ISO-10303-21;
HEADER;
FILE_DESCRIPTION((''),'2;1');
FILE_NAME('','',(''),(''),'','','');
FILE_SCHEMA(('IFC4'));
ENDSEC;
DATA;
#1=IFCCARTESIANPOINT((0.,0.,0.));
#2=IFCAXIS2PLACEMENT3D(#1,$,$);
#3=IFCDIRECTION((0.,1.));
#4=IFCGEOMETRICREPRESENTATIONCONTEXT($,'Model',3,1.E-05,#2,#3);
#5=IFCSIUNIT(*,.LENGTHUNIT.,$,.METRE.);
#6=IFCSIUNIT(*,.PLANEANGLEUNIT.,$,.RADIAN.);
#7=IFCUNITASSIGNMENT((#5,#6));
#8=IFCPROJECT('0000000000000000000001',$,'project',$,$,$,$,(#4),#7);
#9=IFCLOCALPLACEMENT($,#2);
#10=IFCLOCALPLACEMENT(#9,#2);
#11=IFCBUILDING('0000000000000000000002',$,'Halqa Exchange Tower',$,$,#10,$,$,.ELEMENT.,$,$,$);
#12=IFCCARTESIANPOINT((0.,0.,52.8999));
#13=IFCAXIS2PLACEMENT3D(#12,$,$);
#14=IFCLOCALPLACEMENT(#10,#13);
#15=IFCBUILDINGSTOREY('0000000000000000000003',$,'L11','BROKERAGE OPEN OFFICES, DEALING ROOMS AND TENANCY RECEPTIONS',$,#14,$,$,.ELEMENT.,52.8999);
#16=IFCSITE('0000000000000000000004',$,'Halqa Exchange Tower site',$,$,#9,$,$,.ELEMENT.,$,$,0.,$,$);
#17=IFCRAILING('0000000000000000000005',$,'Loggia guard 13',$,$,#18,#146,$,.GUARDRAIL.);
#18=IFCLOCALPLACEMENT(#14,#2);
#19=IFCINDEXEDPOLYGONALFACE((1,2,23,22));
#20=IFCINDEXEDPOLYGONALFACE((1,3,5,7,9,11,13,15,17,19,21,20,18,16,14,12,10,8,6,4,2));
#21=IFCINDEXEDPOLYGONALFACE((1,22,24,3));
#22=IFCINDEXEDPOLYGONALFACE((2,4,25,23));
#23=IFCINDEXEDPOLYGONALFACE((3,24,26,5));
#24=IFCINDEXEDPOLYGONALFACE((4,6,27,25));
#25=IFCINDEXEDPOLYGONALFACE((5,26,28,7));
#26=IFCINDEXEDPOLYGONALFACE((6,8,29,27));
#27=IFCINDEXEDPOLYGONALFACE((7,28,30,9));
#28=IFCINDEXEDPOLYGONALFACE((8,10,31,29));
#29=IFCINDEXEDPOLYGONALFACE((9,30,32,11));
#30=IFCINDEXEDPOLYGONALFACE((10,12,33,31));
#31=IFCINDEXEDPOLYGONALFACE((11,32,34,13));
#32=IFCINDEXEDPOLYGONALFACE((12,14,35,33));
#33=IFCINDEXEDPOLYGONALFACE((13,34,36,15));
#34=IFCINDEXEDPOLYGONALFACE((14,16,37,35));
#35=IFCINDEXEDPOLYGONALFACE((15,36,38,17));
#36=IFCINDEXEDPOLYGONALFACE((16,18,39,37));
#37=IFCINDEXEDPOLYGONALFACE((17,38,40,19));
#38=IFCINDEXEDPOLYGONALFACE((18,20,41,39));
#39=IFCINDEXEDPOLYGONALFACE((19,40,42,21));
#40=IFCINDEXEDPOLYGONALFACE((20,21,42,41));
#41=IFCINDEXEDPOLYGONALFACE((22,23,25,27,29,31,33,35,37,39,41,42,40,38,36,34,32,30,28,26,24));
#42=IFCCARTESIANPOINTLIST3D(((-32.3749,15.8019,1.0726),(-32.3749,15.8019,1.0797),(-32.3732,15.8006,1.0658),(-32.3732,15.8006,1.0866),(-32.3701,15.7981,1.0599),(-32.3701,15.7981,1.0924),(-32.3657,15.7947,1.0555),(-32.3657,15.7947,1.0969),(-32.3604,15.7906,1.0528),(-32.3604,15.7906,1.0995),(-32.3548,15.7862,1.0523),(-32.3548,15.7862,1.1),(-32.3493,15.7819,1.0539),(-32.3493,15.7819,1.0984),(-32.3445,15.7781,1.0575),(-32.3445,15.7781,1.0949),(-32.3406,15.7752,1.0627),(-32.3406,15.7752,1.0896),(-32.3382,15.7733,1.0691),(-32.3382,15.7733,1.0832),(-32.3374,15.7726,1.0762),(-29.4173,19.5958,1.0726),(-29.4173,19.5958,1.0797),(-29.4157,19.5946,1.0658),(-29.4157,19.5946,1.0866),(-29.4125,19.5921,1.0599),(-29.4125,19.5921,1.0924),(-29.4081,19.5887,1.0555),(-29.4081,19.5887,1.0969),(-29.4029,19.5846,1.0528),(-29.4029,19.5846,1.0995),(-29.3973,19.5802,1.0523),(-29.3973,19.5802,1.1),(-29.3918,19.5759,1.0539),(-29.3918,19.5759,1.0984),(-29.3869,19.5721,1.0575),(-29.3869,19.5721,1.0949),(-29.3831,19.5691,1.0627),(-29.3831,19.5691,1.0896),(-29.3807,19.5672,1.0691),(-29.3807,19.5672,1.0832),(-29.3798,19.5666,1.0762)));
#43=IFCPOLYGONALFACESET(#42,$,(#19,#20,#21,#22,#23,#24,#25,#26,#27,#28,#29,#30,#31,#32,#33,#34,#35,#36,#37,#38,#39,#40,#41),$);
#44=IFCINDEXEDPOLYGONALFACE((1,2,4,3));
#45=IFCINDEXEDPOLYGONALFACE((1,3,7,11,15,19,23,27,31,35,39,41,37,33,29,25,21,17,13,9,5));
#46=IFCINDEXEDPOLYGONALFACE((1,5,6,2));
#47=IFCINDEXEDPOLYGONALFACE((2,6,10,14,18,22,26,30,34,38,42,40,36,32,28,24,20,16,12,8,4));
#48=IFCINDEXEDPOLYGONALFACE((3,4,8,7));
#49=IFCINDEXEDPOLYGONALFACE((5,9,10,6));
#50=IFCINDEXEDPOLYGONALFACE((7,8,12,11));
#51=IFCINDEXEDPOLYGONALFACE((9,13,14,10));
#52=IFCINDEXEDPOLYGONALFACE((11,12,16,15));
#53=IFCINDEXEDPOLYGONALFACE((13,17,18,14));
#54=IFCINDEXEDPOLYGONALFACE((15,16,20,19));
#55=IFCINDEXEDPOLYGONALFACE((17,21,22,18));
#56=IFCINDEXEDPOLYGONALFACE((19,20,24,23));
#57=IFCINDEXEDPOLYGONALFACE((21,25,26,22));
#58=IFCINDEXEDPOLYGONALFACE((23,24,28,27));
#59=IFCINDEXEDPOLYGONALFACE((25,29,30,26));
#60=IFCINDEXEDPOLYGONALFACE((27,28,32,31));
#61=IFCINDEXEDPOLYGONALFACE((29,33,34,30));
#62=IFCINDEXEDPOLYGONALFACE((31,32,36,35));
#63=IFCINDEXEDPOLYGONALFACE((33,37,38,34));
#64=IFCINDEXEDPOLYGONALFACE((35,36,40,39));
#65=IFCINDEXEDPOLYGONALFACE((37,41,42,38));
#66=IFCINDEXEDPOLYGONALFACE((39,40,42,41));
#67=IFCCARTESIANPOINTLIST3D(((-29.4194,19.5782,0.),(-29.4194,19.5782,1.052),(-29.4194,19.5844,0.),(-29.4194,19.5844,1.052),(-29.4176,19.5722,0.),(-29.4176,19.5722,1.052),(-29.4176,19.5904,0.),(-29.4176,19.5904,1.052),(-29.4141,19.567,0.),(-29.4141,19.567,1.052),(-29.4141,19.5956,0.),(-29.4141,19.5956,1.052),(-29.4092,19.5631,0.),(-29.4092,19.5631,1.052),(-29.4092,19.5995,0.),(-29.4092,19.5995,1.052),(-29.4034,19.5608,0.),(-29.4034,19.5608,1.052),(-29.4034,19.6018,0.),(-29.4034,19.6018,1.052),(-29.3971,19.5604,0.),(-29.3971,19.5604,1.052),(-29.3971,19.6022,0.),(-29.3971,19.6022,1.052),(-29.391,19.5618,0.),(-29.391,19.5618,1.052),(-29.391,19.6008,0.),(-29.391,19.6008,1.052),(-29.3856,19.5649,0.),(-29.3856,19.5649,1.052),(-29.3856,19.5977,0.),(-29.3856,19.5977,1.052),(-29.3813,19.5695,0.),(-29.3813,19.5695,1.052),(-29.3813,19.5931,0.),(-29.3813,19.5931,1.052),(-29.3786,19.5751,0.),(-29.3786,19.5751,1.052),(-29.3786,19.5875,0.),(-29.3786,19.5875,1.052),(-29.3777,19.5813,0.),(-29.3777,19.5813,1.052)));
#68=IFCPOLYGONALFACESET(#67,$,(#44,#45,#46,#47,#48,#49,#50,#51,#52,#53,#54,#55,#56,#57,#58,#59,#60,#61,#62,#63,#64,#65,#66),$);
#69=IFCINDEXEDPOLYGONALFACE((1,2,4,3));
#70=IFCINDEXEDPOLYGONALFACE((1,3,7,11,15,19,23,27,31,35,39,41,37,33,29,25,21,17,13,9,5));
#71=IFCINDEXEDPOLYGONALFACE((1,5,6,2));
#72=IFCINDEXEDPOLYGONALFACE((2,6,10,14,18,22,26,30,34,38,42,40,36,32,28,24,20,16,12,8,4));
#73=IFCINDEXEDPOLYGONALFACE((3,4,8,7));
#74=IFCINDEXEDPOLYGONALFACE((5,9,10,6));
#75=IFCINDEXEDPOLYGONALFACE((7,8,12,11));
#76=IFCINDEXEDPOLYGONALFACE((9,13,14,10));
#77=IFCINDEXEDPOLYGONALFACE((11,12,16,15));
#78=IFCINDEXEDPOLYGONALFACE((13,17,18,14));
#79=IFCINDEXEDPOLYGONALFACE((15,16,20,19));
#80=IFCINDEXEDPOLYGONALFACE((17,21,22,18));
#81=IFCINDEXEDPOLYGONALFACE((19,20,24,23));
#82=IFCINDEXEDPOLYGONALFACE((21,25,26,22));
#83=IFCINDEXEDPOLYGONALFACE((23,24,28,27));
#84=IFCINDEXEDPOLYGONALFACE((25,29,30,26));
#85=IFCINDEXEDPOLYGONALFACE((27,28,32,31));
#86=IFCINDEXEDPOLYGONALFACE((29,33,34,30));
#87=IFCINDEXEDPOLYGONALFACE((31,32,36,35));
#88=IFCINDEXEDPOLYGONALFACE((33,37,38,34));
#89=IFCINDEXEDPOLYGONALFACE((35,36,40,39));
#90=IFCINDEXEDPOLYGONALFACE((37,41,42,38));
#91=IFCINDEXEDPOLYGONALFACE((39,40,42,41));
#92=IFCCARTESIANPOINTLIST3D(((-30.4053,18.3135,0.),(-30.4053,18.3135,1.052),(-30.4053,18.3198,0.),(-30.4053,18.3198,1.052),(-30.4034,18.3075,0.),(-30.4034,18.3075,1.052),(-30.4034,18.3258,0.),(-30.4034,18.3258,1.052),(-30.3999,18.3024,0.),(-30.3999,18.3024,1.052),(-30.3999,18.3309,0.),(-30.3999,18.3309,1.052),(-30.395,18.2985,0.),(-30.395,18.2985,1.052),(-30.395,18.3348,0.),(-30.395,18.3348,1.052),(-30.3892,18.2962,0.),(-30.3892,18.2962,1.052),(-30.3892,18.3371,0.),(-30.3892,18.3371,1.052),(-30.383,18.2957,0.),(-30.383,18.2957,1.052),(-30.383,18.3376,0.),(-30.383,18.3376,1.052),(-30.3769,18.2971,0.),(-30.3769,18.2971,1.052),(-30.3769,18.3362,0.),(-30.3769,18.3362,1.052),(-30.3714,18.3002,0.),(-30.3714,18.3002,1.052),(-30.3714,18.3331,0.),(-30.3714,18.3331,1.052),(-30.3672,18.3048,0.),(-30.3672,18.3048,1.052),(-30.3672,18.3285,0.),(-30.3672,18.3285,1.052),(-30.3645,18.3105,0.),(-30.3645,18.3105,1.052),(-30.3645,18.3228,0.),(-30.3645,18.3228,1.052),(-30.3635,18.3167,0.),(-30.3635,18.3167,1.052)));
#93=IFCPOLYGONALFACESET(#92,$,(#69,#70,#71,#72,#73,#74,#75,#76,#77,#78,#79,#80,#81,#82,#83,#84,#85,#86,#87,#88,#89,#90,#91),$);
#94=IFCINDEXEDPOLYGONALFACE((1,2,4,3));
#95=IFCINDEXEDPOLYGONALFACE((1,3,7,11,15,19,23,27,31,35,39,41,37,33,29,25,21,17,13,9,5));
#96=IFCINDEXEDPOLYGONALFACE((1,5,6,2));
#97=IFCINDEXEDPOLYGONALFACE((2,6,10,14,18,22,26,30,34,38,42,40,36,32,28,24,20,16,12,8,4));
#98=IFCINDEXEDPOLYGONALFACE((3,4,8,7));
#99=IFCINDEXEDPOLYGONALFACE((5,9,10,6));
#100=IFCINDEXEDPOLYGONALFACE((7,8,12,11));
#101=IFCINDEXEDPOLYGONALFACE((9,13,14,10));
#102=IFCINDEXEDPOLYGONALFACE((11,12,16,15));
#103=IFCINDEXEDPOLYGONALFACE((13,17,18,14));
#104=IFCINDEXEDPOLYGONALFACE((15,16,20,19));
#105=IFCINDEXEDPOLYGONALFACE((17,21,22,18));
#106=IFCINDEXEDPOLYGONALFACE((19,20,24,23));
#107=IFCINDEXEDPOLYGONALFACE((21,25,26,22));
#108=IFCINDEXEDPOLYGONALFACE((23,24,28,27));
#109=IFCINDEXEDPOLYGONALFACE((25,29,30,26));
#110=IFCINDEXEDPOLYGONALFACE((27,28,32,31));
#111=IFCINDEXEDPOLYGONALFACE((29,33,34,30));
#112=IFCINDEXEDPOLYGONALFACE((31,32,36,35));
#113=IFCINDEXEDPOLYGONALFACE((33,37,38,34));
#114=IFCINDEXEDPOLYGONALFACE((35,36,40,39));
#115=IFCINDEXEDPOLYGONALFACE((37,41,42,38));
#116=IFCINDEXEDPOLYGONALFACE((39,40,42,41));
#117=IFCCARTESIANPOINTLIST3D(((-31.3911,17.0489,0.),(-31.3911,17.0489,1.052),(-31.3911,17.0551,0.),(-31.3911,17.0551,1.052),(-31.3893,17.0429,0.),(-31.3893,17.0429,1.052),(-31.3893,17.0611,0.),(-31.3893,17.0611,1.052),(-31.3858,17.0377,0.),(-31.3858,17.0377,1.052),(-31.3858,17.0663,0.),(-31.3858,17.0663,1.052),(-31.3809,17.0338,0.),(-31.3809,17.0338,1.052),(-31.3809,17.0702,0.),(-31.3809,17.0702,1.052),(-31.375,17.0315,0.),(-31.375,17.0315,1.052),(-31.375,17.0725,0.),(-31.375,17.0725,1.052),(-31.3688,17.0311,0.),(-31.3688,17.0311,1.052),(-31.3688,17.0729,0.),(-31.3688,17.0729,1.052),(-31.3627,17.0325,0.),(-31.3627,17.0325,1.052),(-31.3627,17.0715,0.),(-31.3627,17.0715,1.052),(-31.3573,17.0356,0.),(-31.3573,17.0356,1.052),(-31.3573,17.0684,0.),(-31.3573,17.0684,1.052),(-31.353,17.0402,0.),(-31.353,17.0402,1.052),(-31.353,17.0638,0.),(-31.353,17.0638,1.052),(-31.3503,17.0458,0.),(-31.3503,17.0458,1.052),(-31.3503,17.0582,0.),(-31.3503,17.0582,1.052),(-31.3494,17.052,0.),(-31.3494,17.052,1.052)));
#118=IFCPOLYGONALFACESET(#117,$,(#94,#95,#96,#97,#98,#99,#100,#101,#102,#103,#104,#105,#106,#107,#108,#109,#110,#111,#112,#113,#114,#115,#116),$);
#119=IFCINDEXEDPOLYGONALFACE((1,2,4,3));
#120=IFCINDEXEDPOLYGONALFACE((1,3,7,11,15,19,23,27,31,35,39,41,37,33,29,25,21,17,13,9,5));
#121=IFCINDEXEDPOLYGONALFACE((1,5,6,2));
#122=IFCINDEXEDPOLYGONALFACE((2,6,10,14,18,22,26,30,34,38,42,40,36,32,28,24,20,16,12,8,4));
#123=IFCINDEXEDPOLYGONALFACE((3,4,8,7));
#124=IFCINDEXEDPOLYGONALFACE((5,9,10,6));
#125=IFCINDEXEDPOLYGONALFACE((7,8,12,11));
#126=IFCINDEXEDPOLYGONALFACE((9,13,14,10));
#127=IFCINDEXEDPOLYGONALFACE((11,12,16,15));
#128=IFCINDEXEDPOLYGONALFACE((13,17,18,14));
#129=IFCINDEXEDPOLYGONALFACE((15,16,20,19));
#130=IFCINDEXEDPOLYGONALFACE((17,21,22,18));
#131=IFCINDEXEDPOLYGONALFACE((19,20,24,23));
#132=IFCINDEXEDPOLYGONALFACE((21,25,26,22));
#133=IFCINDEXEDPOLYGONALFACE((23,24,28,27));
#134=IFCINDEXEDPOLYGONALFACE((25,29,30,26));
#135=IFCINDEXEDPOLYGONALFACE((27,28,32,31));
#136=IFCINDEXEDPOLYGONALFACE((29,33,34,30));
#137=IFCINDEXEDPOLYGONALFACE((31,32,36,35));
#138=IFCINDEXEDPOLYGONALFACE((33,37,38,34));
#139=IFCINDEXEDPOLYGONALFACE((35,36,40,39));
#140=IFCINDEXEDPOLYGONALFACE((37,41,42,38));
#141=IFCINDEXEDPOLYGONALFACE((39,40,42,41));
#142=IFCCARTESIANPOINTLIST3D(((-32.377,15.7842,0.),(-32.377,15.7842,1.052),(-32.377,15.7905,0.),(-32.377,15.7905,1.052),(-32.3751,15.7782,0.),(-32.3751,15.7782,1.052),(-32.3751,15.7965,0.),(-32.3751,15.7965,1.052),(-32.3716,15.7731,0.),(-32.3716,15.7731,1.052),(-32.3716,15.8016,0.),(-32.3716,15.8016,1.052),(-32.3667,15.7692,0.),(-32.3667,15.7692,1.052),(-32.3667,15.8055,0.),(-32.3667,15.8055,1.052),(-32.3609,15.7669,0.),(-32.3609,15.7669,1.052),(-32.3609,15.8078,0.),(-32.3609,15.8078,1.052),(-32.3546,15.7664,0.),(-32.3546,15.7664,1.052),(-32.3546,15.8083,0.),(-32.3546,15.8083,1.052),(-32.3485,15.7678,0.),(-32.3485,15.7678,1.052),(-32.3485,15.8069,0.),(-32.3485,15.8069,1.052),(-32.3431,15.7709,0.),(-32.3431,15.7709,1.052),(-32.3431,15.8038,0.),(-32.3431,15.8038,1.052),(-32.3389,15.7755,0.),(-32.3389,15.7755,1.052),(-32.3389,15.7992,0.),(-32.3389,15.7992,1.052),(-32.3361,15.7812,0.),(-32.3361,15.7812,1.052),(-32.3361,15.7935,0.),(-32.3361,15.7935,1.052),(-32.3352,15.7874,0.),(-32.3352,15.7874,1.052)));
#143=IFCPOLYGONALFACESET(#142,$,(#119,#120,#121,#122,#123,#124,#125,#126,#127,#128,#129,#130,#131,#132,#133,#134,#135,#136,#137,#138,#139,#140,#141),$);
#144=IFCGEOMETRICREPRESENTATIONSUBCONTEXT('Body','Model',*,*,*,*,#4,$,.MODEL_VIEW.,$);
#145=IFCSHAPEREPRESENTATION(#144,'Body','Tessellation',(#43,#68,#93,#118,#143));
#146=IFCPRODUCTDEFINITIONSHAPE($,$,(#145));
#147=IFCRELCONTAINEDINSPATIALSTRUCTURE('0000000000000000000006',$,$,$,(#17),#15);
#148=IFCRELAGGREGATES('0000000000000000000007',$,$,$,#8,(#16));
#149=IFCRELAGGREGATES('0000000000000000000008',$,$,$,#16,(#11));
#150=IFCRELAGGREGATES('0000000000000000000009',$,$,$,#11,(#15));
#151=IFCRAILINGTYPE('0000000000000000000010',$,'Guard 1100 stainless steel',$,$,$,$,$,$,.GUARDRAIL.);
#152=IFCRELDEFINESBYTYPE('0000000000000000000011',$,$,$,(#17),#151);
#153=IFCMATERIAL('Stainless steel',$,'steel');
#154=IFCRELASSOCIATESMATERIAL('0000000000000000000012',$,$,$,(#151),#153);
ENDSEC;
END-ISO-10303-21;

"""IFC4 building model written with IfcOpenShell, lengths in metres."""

from ifc_helpers import new_model, si_unit, direction, frame, origin, origin_2d, place, context, subcontext, project, spatial, circle, extrude, material, type_object, element, save


model = new_model("IFC4")

# Units and contexts
model_context = context("Model", 3, precision=1e-05, world=origin(), true_north=direction((0.0, 1.0)))
body_context = subcontext(model_context, "Body", "Model", "MODEL_VIEW")
ifc_project = project(units=[si_unit("LENGTHUNIT", "METRE"), si_unit("PLANEANGLEUNIT", "RADIAN")], contexts=[model_context])

# Site, building, storey
site_placement = place(None, origin())
site = spatial("IfcSite", under=ifc_project, at=site_placement, Name="Halqa Exchange Tower site", CompositionType="ELEMENT", RefElevation=0.0)
building_placement = place(site_placement, origin())
building = spatial("IfcBuilding", under=site, at=building_placement, Name="Halqa Exchange Tower", CompositionType="ELEMENT")
storey_placement = place(building_placement, frame((0.0, 0.0, 52.8999)))
storey = spatial("IfcBuildingStorey", under=building, at=storey_placement, Name="L11", Description="BROKERAGE OPEN OFFICES, DEALING ROOMS AND TENANCY RECEPTIONS", CompositionType="ELEMENT", Elevation=52.8999)

# Railing
ifc_material_1 = material(Name="Stainless steel", Category="steel")
railing_type = type_object("IfcRailingType", Name="Guard 1100 stainless steel", PredefinedType="GUARDRAIL", material=ifc_material_1)
railing_1_placement = place(storey_placement, frame((-29.3987, 19.5813, 0.0)))
element("IfcRailing", 1, at=railing_1_placement, inside=storey, type_object=railing_type, Name="Loggia guard 13", PredefinedType="GUARDRAIL", context=body_context, shape_type="SweptSolid", body=[
    extrude(circle(Radius=0.0239, at=origin_2d()), frame((0.0, 0.0, 1.0762), z_axis=(-0.614805, -0.788679, 0.0), x_axis=(0.788679, -0.614805, 0.0)), (0.0, 0.0, 1.0), 4.8105),
    extrude(circle(Radius=0.021, at=origin_2d()), origin(), (0.0, 0.0, 1.0), 1.052),
    extrude(circle(Radius=0.021, at=origin_2d()), frame((-0.9858, -1.2646, 0.0)), (0.0, 0.0, 1.0), 1.052),
    extrude(circle(Radius=0.021, at=origin_2d()), frame((-1.9717, -2.5293, 0.0)), (0.0, 0.0, 1.0), 1.052),
    extrude(circle(Radius=0.021, at=origin_2d()), frame((-2.9575, -3.7939, 0.0)), (0.0, 0.0, 1.0), 1.052),
])

save(model, "model.ifc")
